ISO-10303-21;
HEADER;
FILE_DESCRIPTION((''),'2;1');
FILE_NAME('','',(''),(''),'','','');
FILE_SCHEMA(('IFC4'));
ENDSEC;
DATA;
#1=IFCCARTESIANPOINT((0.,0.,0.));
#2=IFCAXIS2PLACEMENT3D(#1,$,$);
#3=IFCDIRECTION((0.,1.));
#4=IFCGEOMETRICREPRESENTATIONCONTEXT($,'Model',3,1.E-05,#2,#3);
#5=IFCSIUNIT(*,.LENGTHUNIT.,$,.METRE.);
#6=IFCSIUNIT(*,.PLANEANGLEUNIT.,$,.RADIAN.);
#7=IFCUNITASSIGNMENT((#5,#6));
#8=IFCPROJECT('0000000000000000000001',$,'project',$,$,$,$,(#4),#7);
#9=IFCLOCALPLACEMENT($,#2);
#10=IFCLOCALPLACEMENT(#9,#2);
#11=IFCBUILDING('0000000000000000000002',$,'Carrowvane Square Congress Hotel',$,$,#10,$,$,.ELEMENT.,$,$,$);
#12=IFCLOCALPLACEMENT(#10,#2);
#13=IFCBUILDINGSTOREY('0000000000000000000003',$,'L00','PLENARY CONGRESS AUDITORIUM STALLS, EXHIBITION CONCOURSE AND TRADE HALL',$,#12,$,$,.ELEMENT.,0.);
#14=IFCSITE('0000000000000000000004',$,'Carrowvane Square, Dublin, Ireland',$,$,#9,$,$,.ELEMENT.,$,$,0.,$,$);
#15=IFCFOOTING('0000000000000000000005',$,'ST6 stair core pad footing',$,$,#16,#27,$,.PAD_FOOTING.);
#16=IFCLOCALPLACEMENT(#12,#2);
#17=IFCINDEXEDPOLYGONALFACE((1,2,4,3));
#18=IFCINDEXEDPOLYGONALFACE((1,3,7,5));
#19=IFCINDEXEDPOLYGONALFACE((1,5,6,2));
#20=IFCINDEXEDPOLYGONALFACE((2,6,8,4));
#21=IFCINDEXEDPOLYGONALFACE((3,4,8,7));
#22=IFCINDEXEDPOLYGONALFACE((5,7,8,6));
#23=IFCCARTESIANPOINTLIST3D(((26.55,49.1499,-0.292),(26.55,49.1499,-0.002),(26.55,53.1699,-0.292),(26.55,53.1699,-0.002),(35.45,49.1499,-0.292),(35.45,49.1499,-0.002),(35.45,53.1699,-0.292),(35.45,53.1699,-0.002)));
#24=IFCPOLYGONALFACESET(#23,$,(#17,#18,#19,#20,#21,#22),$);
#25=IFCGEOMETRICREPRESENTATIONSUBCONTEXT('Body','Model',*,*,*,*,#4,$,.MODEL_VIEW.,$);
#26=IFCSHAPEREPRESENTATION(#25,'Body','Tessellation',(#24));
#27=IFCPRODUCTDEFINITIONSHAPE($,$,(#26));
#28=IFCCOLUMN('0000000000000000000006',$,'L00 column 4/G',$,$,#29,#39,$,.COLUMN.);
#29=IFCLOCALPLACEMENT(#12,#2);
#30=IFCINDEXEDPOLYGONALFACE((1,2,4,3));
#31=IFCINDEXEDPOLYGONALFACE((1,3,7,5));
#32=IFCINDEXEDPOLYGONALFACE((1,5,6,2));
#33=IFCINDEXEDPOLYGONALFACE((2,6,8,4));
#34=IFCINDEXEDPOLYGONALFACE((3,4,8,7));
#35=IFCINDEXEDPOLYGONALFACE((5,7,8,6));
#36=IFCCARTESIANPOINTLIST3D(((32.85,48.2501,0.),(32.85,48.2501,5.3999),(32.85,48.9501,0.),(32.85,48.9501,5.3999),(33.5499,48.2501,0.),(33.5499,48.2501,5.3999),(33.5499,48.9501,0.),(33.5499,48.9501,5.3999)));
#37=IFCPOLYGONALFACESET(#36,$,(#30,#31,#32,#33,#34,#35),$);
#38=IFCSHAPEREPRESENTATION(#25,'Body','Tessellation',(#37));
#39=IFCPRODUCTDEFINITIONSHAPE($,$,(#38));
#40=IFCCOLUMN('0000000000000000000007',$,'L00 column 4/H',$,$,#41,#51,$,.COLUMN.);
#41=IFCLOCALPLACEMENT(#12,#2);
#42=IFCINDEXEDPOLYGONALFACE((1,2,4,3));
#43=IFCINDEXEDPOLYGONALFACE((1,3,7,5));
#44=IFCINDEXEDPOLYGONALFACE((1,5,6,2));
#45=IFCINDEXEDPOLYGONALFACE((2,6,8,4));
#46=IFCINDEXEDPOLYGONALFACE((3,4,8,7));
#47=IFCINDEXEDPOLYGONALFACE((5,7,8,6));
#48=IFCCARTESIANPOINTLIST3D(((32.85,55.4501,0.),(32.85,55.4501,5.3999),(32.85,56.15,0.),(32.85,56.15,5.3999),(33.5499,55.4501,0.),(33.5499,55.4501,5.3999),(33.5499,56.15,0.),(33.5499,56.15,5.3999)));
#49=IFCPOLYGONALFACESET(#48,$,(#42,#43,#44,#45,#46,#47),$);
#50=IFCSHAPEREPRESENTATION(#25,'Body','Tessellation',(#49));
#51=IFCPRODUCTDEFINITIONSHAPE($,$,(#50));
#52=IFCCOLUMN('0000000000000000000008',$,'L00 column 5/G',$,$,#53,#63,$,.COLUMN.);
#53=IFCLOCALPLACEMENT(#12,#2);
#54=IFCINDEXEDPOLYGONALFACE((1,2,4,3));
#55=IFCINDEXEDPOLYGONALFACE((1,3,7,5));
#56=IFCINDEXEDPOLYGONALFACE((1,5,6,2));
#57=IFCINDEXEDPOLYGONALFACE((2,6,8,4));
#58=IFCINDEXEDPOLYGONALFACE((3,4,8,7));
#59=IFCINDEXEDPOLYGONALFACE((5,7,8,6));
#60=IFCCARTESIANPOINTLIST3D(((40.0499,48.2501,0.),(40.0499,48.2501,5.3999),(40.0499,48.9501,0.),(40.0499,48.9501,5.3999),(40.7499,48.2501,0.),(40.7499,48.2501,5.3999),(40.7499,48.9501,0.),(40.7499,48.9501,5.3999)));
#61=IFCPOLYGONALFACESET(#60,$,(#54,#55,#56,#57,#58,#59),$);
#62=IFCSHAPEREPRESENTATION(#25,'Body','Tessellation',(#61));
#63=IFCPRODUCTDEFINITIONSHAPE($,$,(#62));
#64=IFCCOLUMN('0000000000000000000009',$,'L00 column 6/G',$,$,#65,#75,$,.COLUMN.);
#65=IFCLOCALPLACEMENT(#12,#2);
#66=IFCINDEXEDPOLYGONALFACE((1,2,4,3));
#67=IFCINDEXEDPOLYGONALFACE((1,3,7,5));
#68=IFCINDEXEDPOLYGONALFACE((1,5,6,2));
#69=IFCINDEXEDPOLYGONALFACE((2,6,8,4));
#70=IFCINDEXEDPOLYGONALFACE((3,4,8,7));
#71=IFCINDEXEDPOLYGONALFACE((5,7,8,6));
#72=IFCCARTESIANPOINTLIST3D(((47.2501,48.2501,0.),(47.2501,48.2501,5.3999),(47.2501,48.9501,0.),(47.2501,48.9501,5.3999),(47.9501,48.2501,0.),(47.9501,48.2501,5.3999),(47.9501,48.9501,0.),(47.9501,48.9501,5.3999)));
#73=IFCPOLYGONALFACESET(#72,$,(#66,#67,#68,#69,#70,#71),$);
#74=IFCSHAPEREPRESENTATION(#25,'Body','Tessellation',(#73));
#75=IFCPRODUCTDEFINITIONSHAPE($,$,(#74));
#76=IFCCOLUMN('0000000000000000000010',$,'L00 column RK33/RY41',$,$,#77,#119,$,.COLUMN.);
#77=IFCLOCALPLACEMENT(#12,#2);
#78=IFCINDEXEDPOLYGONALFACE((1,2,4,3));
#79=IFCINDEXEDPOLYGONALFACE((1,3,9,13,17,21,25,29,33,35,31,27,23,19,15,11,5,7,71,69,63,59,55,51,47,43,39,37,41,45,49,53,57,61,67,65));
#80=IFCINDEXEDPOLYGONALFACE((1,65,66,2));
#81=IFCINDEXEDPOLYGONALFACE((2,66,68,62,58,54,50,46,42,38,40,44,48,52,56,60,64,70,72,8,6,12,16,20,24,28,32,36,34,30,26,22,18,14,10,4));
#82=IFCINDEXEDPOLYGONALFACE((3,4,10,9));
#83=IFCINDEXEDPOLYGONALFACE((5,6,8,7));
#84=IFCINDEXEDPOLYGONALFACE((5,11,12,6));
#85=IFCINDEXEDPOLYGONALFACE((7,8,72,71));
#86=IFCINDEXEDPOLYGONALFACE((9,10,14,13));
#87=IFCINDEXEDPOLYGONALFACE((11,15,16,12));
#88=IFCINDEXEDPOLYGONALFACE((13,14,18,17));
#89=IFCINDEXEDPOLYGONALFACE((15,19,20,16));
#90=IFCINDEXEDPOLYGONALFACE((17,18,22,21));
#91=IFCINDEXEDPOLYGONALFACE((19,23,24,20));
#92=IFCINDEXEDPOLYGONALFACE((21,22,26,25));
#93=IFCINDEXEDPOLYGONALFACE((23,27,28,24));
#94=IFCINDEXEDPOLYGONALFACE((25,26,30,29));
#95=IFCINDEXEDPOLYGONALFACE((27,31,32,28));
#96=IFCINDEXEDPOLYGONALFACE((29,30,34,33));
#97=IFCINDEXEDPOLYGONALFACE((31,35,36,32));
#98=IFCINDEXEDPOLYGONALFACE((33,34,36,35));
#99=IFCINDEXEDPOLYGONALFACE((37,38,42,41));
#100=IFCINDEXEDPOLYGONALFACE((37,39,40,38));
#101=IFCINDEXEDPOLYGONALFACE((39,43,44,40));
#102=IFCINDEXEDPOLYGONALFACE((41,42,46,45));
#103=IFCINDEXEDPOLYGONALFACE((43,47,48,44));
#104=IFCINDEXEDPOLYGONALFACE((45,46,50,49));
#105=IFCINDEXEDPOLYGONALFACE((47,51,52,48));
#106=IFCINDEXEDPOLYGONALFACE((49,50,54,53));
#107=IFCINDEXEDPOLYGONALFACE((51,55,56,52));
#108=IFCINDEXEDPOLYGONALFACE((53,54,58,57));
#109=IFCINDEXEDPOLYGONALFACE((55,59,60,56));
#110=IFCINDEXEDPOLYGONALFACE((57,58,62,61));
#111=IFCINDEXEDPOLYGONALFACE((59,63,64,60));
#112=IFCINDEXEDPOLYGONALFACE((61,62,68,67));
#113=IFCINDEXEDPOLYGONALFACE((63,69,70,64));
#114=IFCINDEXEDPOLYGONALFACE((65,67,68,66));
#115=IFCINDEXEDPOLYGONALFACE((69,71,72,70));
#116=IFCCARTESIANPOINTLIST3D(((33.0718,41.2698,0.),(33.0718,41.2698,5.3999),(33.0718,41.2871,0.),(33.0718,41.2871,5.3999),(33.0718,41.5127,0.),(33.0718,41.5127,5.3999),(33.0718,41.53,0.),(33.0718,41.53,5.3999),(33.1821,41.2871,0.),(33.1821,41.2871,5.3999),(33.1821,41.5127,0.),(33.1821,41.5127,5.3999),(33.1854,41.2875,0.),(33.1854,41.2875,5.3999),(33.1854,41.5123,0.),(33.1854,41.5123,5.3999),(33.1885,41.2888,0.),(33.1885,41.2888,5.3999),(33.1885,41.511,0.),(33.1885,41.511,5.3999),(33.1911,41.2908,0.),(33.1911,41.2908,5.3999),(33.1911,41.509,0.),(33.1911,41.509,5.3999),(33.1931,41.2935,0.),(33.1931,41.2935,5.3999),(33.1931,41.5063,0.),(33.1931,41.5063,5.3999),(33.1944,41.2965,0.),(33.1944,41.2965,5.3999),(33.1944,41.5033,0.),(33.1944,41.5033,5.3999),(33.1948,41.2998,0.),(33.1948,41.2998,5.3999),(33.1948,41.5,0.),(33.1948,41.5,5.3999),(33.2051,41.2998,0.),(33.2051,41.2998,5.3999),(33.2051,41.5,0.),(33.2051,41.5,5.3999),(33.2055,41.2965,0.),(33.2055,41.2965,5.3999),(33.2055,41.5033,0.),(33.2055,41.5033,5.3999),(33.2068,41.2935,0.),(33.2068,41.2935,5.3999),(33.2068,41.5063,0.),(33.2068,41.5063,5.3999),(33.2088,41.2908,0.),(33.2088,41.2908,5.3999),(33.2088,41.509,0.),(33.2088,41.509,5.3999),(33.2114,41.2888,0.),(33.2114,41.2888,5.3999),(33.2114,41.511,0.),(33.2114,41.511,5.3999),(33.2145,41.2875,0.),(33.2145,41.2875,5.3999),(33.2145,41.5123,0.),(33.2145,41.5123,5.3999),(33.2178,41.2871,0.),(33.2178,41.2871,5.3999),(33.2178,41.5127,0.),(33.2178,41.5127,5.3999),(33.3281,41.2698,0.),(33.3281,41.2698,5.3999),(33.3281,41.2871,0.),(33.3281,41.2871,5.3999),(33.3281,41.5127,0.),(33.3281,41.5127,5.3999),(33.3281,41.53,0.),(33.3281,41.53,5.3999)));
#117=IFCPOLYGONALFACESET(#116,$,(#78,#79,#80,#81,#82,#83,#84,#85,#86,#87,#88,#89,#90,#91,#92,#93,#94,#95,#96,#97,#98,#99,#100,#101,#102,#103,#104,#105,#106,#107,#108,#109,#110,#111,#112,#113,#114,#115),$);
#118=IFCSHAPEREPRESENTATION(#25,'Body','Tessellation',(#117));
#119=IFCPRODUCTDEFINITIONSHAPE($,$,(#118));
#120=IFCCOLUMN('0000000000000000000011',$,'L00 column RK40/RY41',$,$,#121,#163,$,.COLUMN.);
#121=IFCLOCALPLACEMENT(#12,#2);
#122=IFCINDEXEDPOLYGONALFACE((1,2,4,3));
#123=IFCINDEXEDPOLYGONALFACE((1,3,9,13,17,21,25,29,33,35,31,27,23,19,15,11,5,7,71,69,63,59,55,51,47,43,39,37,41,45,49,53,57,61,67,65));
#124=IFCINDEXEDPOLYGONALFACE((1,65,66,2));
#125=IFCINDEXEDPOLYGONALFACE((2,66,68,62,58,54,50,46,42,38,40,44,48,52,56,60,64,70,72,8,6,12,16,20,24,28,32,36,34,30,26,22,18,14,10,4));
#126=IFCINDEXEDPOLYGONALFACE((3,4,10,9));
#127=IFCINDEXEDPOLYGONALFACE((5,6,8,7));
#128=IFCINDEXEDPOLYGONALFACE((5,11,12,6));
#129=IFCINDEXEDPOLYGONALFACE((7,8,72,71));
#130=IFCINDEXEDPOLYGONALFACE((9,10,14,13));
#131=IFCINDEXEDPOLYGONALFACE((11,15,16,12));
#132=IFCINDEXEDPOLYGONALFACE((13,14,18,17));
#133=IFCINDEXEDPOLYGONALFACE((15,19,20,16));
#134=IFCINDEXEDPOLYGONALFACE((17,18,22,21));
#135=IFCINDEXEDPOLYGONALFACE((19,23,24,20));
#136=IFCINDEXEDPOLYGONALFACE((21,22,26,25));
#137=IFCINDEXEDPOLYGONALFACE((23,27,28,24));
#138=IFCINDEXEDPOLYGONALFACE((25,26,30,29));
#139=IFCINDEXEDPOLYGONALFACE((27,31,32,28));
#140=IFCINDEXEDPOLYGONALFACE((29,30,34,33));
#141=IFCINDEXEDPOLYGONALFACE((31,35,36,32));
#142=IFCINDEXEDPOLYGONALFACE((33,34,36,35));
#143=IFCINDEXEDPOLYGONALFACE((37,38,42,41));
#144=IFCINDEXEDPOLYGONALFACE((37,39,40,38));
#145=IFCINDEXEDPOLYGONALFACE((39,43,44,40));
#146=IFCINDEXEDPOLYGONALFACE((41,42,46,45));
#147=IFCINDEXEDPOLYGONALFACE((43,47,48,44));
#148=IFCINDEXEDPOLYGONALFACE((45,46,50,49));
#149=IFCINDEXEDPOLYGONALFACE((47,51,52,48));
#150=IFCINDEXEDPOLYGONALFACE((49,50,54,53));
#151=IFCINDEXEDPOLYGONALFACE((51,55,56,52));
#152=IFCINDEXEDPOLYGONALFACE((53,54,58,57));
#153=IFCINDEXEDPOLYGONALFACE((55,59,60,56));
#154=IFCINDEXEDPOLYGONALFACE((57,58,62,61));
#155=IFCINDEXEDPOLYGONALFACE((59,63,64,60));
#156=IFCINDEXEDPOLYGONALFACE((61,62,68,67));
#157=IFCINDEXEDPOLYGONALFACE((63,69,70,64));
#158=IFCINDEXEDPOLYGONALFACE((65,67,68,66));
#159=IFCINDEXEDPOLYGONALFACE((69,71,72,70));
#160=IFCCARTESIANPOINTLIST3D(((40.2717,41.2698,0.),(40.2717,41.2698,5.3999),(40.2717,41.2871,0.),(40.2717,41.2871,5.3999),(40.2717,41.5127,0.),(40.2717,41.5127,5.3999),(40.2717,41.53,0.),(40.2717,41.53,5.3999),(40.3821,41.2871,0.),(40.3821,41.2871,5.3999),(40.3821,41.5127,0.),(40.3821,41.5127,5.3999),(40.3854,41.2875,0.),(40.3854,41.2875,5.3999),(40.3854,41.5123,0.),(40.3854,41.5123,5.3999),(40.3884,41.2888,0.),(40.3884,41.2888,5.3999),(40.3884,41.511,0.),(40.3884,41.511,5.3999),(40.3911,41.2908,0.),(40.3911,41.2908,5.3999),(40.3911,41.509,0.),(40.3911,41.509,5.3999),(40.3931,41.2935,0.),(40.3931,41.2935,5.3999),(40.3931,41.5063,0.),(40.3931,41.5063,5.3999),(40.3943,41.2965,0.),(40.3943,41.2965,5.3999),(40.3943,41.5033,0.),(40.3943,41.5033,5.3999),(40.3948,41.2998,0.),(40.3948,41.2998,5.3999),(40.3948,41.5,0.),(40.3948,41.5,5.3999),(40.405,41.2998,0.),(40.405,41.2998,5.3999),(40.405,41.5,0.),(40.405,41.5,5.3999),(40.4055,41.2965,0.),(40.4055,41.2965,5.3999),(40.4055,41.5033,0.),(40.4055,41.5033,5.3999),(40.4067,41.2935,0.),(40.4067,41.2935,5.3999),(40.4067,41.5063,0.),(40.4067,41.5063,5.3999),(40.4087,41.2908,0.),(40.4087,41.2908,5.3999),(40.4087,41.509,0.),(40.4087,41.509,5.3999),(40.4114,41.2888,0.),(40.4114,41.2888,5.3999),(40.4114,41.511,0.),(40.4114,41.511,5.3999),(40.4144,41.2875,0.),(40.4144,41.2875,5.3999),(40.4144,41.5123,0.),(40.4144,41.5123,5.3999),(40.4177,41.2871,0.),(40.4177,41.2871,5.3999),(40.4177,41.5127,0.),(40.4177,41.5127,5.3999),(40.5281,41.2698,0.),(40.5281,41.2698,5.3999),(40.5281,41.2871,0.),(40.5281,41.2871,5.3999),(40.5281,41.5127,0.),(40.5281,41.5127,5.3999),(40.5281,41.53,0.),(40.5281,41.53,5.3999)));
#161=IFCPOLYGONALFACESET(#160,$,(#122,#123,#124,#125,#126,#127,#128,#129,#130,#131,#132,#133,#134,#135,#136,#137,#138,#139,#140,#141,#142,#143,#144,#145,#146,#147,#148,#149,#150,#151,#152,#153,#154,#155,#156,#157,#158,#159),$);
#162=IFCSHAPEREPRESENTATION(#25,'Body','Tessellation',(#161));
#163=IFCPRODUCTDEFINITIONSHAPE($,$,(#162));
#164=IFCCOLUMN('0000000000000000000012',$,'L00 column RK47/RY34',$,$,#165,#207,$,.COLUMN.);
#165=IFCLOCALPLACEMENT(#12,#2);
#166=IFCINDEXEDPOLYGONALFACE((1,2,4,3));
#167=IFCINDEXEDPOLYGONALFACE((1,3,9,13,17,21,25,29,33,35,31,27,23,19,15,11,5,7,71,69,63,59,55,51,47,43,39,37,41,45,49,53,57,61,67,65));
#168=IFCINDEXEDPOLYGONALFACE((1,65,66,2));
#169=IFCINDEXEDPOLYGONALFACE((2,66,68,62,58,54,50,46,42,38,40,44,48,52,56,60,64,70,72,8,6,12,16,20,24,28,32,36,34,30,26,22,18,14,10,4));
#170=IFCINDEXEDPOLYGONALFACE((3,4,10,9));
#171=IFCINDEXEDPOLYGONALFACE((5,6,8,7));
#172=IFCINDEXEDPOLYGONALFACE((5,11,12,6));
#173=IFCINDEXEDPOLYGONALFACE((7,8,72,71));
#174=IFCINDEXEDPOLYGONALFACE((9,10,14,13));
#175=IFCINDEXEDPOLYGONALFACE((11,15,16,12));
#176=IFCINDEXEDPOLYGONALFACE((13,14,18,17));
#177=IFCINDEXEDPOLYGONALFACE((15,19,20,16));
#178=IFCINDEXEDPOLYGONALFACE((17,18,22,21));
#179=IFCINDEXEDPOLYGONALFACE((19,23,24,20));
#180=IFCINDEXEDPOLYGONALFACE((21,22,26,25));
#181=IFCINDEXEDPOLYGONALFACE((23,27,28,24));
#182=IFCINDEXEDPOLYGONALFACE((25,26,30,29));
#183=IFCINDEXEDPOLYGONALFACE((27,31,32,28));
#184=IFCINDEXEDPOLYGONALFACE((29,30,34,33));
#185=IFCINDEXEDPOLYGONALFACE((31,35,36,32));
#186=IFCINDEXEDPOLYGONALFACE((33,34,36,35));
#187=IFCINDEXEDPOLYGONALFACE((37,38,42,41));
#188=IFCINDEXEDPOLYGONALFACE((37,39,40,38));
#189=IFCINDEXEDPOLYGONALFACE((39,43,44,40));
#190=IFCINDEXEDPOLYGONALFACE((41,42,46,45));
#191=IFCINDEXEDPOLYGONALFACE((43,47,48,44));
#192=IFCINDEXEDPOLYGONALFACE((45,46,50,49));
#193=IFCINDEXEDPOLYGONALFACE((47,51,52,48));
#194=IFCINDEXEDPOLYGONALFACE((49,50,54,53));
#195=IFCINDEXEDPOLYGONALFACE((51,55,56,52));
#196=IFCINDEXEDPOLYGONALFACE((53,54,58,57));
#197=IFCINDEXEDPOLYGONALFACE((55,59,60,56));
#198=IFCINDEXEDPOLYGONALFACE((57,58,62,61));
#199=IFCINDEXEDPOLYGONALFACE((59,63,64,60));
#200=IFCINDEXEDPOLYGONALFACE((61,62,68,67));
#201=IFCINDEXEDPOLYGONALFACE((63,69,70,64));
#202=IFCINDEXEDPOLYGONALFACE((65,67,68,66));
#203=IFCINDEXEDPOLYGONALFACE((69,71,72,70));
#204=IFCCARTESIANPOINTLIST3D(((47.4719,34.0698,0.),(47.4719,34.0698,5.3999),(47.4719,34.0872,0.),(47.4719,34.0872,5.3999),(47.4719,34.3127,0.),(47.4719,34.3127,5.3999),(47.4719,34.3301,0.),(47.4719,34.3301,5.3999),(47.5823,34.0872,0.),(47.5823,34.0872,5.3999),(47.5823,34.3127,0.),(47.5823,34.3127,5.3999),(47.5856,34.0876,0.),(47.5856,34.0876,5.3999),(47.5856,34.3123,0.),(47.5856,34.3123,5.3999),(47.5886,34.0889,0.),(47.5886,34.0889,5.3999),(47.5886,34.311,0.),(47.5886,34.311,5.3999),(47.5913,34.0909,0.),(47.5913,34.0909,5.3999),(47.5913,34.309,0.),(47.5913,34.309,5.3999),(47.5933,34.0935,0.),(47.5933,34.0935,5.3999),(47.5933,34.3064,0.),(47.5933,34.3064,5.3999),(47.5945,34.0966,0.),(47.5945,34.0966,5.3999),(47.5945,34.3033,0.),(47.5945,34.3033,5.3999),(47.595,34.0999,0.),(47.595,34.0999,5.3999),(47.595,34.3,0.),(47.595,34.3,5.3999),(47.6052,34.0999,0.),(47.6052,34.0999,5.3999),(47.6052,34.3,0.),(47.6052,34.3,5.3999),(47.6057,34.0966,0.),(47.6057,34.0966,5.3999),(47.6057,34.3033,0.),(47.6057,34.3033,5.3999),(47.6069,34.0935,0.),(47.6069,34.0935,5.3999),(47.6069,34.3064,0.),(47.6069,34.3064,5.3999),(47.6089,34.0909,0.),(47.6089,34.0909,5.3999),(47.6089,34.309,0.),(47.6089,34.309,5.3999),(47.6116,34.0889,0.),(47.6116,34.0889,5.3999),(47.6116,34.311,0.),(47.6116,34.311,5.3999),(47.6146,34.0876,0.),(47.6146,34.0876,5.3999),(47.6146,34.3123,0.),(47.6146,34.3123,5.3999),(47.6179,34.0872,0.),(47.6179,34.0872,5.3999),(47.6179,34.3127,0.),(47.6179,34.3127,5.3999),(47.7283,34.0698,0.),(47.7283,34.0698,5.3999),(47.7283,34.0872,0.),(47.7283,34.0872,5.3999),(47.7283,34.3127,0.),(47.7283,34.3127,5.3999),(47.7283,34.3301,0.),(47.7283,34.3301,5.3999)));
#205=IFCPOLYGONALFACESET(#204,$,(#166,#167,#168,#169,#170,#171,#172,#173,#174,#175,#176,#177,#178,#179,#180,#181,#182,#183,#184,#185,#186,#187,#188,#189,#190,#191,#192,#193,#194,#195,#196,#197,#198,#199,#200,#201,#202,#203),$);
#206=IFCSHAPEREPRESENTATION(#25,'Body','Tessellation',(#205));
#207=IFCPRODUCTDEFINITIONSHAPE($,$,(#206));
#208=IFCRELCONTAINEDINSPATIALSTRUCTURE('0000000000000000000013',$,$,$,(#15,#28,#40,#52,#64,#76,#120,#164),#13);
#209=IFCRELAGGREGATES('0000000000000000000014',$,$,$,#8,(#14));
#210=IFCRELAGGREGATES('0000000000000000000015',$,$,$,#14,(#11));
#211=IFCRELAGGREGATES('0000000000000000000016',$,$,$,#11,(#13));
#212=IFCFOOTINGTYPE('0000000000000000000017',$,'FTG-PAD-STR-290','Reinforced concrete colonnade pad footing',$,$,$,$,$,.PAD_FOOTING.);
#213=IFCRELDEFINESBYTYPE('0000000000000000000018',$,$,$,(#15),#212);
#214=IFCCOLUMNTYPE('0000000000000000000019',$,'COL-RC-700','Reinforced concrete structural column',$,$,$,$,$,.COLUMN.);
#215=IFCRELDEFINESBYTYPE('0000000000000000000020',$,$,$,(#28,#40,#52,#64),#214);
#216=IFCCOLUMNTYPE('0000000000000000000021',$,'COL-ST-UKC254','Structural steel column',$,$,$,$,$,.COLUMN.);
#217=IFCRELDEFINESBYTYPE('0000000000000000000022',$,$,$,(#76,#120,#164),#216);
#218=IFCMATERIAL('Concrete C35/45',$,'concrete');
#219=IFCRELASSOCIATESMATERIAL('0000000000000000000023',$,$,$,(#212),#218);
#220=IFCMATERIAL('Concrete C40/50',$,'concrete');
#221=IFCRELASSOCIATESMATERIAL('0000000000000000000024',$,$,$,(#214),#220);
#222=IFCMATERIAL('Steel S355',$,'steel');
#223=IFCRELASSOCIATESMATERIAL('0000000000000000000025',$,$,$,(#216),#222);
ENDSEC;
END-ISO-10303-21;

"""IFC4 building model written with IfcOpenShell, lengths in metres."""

from ifc_helpers import new_model, si_unit, direction, frame, origin, origin_2d, place, context, subcontext, project, spatial, rectangle, i_section, extrude, material, material_profile, profile_set, type_object, element, save


model = new_model("IFC4")

# Units and contexts
model_context = context("Model", 3, precision=1e-05, world=origin(), true_north=direction((0.0, 1.0)))
body_context = subcontext(model_context, "Body", "Model", "MODEL_VIEW")
ifc_project = project(units=[si_unit("LENGTHUNIT", "METRE"), si_unit("PLANEANGLEUNIT", "RADIAN")], contexts=[model_context])

# Site, building, storey
site_placement = place(None, origin())
site = spatial("IfcSite", under=ifc_project, at=site_placement, Name="Carrowvane Square, Dublin, Ireland", CompositionType="ELEMENT", RefElevation=0.0)
building_placement = place(site_placement, origin())
building = spatial("IfcBuilding", under=site, at=building_placement, Name="Carrowvane Square Congress Hotel", CompositionType="ELEMENT")
storey_placement = place(building_placement, origin())
storey = spatial("IfcBuildingStorey", under=building, at=storey_placement, Name="L00", Description="PLENARY CONGRESS AUDITORIUM STALLS, EXHIBITION CONCOURSE AND TRADE HALL", CompositionType="ELEMENT", Elevation=0.0)

# Footing
ifc_material_1 = material(Name="Concrete C35/45", Category="concrete")
footing_type = type_object("IfcFootingType", Name="FTG-PAD-STR-290", Description="Reinforced concrete colonnade pad footing", PredefinedType="PAD_FOOTING", material=ifc_material_1)
footing_placement = place(storey_placement, frame((31.0, 51.1599, -0.292), z_axis=(0.0, 0.0, 1.0), x_axis=(1.0, 0.0, 0.0)))
element("IfcFooting", 1, at=footing_placement, inside=storey, type_object=footing_type, Name="ST6 stair core pad footing", PredefinedType="PAD_FOOTING", context=body_context, shape_type="SweptSolid", body=[
    extrude(rectangle(XDim=8.8999, YDim=4.02, at=origin_2d()), origin(), (0.0, 0.0, 1.0), 0.29),
])

# Columns
ifc_material_2 = material(Name="Concrete C40/50", Category="concrete")
ifc_material_profile_1 = material_profile(ifc_material_2, rectangle(XDim=0.7, YDim=0.7, at=origin_2d()), Name="RC 700x700")
ifc_profile_set_1 = profile_set([ifc_material_profile_1], Name="Concrete C40/50")
column_type_1 = type_object("IfcColumnType", Name="COL-RC-700", Description="Reinforced concrete structural column", PredefinedType="COLUMN", material=ifc_profile_set_1)
for number, where, z_axis, x_axis, name in (
    (2, (33.2, 48.6001, 0.0), (0.0, 0.0, 1.0), (1.0, 0.0, 0.0), "L00 column 4/G"),
    (3, (33.2, 55.8, 0.0), (0.0, 0.0, 1.0), (1.0, 0.0, 0.0), "L00 column 4/H"),
    (4, (40.3999, 48.6001, 0.0), (0.0, 0.0, 1.0), (1.0, 0.0, 0.0), "L00 column 5/G"),
    (5, (47.6001, 48.6001, 0.0), (0.0, 0.0, 1.0), (1.0, 0.0, 0.0), "L00 column 6/G"),
):
    element("IfcColumn", number, at=place(storey_placement, frame(where, z_axis=z_axis, x_axis=x_axis)), inside=storey, type_object=column_type_1, Name=name, PredefinedType="COLUMN", context=body_context, shape_type="SweptSolid", body=[
        extrude(rectangle(XDim=0.7, YDim=0.7, at=origin_2d()), origin(), (0.0, 0.0, 1.0), 5.3999),
    ])
ifc_material_3 = material(Name="Steel S355", Category="steel")
ifc_material_profile_2 = material_profile(ifc_material_3, i_section(OverallWidth=0.2563, OverallDepth=0.2603, WebThickness=0.0103, FlangeThickness=0.0173, FilletRadius=0.0127, at=origin_2d()), Name="UKC 254x254x89")
ifc_profile_set_2 = profile_set([ifc_material_profile_2], Name="Steel S355")
column_type_2 = type_object("IfcColumnType", Name="COL-ST-UKC254", Description="Structural steel column", PredefinedType="COLUMN", material=ifc_profile_set_2)
for number, where, z_axis, x_axis, name in (
    (6, (33.2, 41.3999, 0.0), (0.0, 0.0, 1.0), (1.0, 0.0, 0.0), "L00 column RK33/RY41"),
    (7, (40.3999, 41.3999, 0.0), (0.0, 0.0, 1.0), (1.0, 0.0, 0.0), "L00 column RK40/RY41"),
    (8, (47.6001, 34.2, 0.0), (0.0, 0.0, 1.0), (1.0, 0.0, 0.0), "L00 column RK47/RY34"),
):
    element("IfcColumn", number, at=place(storey_placement, frame(where, z_axis=z_axis, x_axis=x_axis)), inside=storey, type_object=column_type_2, Name=name, PredefinedType="COLUMN", context=body_context, shape_type="SweptSolid", body=[
        extrude(i_section(OverallWidth=0.2563, OverallDepth=0.2603, WebThickness=0.0103, FlangeThickness=0.0173, FilletRadius=0.0127, at=origin_2d()), origin(), (0.0, 0.0, 1.0), 5.3999),
    ])

save(model, "model.ifc")
